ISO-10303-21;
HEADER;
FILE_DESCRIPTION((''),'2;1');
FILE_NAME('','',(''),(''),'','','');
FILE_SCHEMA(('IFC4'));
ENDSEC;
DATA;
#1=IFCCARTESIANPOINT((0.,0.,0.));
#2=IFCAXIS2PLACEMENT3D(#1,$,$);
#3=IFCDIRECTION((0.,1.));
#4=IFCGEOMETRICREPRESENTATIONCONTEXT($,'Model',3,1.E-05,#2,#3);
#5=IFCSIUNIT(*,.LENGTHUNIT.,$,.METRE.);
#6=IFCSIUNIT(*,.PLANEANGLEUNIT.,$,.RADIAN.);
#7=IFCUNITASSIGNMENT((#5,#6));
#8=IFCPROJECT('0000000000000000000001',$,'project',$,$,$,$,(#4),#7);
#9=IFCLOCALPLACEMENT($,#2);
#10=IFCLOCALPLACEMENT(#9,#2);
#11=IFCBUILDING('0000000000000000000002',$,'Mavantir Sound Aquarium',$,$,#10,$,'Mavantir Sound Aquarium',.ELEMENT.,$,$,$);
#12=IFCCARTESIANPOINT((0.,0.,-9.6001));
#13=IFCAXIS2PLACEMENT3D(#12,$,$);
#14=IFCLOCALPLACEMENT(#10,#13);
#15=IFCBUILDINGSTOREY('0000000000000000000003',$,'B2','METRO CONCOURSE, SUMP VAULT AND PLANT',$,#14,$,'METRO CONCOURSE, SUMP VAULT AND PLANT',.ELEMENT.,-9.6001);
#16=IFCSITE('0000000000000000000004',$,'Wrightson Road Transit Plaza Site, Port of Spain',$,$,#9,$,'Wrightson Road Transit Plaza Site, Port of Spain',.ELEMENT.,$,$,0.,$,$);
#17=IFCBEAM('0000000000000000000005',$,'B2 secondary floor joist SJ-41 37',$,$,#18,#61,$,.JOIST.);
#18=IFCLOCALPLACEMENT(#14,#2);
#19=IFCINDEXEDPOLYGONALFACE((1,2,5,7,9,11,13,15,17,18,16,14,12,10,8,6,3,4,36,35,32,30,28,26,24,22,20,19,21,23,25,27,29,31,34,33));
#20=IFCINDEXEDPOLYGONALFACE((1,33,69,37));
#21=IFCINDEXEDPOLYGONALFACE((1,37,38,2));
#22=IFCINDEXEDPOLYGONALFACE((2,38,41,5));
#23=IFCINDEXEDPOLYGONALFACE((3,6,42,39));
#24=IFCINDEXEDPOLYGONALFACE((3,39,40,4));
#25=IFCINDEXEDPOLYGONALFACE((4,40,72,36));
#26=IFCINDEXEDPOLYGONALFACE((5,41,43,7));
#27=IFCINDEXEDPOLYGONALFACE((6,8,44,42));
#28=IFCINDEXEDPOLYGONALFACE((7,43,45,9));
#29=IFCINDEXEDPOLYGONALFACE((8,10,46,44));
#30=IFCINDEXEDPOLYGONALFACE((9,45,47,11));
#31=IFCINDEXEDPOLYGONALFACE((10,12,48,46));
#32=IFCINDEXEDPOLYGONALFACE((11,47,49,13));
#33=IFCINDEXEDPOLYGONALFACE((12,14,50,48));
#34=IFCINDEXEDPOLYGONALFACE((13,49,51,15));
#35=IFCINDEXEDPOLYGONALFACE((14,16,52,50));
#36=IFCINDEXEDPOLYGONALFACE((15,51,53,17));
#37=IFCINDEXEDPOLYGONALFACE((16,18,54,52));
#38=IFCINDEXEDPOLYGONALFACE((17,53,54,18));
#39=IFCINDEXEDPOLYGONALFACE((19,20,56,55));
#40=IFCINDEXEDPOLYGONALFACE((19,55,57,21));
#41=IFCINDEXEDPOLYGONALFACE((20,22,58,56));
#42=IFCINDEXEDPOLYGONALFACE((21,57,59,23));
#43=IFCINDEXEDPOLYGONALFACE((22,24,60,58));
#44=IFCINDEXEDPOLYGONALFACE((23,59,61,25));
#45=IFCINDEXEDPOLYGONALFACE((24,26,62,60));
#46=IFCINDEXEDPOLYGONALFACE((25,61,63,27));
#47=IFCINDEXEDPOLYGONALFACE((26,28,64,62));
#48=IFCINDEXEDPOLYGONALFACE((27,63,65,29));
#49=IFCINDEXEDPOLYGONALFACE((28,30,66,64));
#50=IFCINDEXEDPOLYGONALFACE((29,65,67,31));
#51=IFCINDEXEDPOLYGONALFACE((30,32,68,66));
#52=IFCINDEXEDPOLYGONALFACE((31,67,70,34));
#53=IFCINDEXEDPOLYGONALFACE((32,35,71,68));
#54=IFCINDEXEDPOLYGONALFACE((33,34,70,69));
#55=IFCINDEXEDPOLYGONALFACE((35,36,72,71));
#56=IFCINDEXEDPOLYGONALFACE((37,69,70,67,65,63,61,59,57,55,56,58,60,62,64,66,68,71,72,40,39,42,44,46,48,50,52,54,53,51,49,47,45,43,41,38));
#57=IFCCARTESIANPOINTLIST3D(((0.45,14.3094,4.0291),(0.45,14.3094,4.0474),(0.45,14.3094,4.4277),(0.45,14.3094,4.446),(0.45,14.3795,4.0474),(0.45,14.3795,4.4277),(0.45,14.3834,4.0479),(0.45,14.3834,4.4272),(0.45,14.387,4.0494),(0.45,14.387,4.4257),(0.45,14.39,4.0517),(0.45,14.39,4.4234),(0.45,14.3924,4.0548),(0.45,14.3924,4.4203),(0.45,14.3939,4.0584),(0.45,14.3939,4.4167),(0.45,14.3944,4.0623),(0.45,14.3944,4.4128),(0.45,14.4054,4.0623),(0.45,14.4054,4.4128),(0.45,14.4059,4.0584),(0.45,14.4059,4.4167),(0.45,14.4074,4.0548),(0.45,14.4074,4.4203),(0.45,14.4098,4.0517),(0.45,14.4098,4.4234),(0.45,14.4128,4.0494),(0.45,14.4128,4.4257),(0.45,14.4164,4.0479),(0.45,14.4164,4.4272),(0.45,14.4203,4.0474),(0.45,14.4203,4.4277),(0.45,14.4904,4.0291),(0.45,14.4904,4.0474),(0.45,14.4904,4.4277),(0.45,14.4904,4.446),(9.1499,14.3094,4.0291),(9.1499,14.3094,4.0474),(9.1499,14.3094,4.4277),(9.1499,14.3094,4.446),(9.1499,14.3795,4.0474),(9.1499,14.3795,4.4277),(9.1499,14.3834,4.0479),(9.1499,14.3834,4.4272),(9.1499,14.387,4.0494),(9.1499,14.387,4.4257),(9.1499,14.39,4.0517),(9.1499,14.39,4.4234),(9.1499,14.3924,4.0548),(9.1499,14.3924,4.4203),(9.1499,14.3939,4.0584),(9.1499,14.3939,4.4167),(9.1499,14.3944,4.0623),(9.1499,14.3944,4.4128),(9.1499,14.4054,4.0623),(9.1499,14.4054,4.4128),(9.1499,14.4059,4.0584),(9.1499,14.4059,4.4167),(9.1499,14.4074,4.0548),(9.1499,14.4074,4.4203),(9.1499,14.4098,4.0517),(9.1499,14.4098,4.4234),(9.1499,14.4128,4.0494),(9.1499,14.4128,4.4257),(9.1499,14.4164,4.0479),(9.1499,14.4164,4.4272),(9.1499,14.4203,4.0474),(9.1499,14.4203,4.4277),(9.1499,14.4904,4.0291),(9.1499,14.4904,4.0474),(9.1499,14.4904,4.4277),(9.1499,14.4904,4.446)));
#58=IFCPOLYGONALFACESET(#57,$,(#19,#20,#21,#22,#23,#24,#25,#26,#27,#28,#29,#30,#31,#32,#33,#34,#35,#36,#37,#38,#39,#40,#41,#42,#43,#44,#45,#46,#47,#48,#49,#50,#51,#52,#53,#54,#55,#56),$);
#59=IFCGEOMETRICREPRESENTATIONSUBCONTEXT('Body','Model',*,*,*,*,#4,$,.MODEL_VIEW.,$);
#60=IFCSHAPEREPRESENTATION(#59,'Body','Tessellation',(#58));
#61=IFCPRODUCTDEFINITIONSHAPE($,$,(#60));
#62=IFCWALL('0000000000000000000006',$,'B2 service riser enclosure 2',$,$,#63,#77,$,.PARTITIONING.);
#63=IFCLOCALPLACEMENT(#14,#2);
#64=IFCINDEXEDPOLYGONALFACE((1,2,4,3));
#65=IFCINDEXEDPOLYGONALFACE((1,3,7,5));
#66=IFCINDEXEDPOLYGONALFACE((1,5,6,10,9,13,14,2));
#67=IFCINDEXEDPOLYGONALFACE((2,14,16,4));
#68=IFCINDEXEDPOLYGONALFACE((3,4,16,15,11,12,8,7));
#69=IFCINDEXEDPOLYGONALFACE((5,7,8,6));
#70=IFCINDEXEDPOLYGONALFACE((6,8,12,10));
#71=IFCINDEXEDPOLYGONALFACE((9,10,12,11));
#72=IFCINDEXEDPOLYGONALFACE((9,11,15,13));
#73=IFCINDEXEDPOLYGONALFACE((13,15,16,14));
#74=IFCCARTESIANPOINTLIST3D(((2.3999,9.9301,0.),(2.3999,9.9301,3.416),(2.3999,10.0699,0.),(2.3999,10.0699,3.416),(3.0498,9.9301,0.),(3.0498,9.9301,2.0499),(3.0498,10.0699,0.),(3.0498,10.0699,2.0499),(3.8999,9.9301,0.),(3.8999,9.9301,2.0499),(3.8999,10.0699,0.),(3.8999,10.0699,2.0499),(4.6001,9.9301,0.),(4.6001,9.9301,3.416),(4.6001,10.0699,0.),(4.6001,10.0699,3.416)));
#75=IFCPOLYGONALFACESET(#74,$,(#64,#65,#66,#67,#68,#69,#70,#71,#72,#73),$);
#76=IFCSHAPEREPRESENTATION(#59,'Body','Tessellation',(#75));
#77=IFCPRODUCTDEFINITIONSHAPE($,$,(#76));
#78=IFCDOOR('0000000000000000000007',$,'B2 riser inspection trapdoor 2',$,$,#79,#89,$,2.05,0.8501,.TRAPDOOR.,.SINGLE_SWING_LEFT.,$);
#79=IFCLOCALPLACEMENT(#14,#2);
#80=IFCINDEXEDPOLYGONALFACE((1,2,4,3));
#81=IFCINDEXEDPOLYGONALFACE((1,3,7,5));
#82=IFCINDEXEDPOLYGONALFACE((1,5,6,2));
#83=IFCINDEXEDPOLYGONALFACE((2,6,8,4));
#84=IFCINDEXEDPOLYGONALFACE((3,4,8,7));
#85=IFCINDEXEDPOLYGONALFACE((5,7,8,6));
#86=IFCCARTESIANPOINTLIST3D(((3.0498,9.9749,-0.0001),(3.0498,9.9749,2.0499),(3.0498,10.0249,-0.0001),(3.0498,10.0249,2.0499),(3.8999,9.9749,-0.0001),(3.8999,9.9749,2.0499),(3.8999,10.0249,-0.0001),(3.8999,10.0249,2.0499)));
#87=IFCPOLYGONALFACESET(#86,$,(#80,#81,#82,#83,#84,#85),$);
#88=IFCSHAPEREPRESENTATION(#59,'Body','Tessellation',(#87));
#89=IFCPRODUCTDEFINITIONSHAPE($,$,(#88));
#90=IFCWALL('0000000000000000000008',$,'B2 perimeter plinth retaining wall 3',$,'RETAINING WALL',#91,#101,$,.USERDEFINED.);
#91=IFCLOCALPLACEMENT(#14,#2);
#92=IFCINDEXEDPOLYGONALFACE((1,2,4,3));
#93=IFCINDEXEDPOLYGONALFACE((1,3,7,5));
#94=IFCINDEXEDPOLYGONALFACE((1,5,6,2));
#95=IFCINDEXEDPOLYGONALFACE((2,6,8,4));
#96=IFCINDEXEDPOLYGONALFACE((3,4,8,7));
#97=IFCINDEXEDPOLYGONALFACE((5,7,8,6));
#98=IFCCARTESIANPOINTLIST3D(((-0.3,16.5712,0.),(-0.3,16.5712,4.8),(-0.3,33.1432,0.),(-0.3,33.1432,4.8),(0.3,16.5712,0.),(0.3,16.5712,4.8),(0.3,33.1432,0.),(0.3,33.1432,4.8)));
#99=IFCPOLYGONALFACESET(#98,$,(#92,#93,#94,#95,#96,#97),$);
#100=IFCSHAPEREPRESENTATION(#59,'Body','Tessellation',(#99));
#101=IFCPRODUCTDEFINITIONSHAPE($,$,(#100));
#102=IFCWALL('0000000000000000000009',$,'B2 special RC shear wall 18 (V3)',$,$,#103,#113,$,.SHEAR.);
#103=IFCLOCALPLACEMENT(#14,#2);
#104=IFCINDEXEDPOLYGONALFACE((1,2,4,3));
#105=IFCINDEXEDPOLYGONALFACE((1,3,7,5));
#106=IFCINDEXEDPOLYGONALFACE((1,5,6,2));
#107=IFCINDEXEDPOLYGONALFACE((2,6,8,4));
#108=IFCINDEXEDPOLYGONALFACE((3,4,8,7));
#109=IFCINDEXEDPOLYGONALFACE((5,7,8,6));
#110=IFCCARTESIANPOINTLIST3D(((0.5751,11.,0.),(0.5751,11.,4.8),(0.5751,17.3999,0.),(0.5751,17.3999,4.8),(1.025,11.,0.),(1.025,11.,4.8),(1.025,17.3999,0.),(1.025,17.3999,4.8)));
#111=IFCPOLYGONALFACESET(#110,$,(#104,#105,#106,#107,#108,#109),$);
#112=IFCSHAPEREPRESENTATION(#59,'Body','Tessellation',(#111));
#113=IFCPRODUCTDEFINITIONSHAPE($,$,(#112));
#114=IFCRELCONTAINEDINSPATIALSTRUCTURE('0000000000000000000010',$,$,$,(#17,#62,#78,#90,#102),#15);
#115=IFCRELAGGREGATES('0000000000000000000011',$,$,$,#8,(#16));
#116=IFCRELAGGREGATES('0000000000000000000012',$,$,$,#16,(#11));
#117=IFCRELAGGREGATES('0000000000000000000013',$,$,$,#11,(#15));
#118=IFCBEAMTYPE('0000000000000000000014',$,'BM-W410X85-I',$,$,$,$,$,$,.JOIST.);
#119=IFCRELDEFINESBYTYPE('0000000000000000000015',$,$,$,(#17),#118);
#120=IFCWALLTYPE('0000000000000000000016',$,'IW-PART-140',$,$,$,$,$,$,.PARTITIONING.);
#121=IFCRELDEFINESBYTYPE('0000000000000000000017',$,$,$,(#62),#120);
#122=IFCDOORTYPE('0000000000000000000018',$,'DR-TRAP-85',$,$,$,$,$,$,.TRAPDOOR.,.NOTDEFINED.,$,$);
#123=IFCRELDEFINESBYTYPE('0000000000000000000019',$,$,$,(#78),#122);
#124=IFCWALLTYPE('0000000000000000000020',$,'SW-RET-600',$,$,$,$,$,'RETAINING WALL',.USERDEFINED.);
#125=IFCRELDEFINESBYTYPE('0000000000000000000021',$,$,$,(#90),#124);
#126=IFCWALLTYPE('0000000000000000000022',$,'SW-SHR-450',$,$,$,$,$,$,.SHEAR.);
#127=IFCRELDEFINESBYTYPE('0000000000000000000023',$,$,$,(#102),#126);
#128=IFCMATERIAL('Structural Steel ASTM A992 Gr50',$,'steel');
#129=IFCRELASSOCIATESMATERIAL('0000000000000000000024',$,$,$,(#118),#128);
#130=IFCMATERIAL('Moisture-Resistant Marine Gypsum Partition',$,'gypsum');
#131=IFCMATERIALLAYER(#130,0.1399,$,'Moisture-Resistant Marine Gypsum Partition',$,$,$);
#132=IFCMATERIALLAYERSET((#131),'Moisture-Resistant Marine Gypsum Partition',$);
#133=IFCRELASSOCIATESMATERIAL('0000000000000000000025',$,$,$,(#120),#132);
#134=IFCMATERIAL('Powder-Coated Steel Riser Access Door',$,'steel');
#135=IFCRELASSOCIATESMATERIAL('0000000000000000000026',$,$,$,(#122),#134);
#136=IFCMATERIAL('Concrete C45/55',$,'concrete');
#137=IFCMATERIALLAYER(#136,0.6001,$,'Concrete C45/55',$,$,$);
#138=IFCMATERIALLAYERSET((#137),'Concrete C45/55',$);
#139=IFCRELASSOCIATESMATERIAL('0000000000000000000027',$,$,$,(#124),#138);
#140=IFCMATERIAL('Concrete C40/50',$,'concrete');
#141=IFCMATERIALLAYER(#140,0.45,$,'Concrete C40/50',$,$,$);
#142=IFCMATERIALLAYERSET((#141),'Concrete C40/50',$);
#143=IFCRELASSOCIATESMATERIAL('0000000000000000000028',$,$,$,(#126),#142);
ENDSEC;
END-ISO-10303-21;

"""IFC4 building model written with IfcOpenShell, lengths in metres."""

from ifc_helpers import new_model, si_unit, direction, frame, frame_2d, origin, origin_2d, place, context, subcontext, project, spatial, rectangle, i_section, extrude, material, layer, layer_set, material_profile, profile_set, type_object, element, fill, save


model = new_model("IFC4")

# Units and contexts
model_context = context("Model", 3, precision=1e-05, world=origin(), true_north=direction((0.0, 1.0)))
body_context = subcontext(model_context, "Body", "Model", "MODEL_VIEW")
ifc_project = project(units=[si_unit("LENGTHUNIT", "METRE"), si_unit("PLANEANGLEUNIT", "RADIAN")], contexts=[model_context])

# Site, building, storey
site_placement = place(None, origin())
site = spatial("IfcSite", under=ifc_project, at=site_placement, Name="Wrightson Road Transit Plaza Site, Port of Spain", LongName="Wrightson Road Transit Plaza Site, Port of Spain", CompositionType="ELEMENT", RefElevation=0.0)
building_placement = place(site_placement, origin())
building = spatial("IfcBuilding", under=site, at=building_placement, Name="Mavantir Sound Aquarium", LongName="Mavantir Sound Aquarium", CompositionType="ELEMENT")
storey_placement = place(building_placement, frame((0.0, 0.0, -9.6001)))
storey = spatial("IfcBuildingStorey", under=building, at=storey_placement, Name="B2", Description="METRO CONCOURSE, SUMP VAULT AND PLANT", LongName="METRO CONCOURSE, SUMP VAULT AND PLANT", CompositionType="ELEMENT", Elevation=-9.6001)

# Shared definitions
ifc_material_1 = material(Name="Concrete C40/50", Category="concrete")

# Beam
ifc_material_2 = material(Name="Structural Steel ASTM A992 Gr50", Category="steel")
ifc_material_profile_1 = material_profile(ifc_material_2, i_section(OverallWidth=0.1809, OverallDepth=0.417, WebThickness=0.011, FlangeThickness=0.0183, FilletRadius=0.0149, at=origin_2d()), Name="W410X85")
ifc_profile_set_1 = profile_set([ifc_material_profile_1], Name="Structural Steel ASTM A992 Gr50")
beam_type_1 = type_object("IfcBeamType", Name="BM-W410X85-I", PredefinedType="JOIST", material=ifc_profile_set_1)
beam_1_placement = place(storey_placement, frame((0.45, 14.3999, 4.2375), z_axis=(1.0, 0.0, 0.0), x_axis=(0.0, 1.0, 0.0)))
element("IfcBeam", 1, at=beam_1_placement, inside=storey, type_object=beam_type_1, Name="B2 secondary floor joist SJ-41 37", PredefinedType="JOIST", context=body_context, shape_type="SweptSolid", body=[
    extrude(i_section(OverallWidth=0.1809, OverallDepth=0.417, WebThickness=0.011, FlangeThickness=0.0183, FilletRadius=0.0149, at=origin_2d()), origin(), (0.0, 0.0, 1.0), 8.7),
])

# Wall, opening, door
ifc_material_3 = material(Name="Moisture-Resistant Marine Gypsum Partition", Category="gypsum")
ifc_layer_1 = layer(ifc_material_3, 0.1399, Name="Moisture-Resistant Marine Gypsum Partition")
ifc_layer_set_1 = layer_set([ifc_layer_1], Name="Moisture-Resistant Marine Gypsum Partition")
wall_type_1 = type_object("IfcWallType", Name="IW-PART-140", PredefinedType="PARTITIONING", material=ifc_layer_set_1)
wall_1_placement = place(storey_placement, frame((2.3999, 10.0, 0.0), z_axis=(0.0, 0.0, 1.0), x_axis=(1.0, 0.0, 0.0)))
wall_1 = element("IfcWall", 2, at=wall_1_placement, inside=storey, type_object=wall_type_1, Name="B2 service riser enclosure 2", PredefinedType="PARTITIONING", context=body_context, shape_type="SweptSolid", body=[
    extrude(rectangle(XDim=2.2002, YDim=0.1399, at=frame_2d((1.1001, 0.0))), origin(), (0.0, 0.0, 1.0), 3.416),
])
opening_placement = place(wall_1_placement, frame((0.6499, 0.0, 0.0)))
opening = element("IfcOpeningElement", 3, at=opening_placement, cuts=wall_1, PredefinedType="OPENING", context=body_context, shape_type="SweptSolid", body=[
    extrude(rectangle(XDim=0.8501, YDim=2.05, at=frame_2d((0.425, 1.0249))), frame((0.0, 0.0801, 0.0), z_axis=(0.0, -1.0, 0.0), x_axis=(1.0, 0.0, 0.0)), (0.0, 0.0, 1.0), 0.1599),
])
ifc_material_4 = material(Name="Powder-Coated Steel Riser Access Door", Category="steel")
door_type = type_object("IfcDoorType", Name="DR-TRAP-85", OperationType="NOTDEFINED", PredefinedType="TRAPDOOR", material=ifc_material_4)
door_placement = place(opening_placement, origin())
door = element("IfcDoor", 4, at=door_placement, inside=storey, type_object=door_type, Name="B2 riser inspection trapdoor 2", OperationType="SINGLE_SWING_LEFT", OverallHeight=2.05, OverallWidth=0.8501, PredefinedType="TRAPDOOR", context=body_context, shape_type="SweptSolid", body=[
    extrude(rectangle(XDim=0.8501, YDim=2.05, at=frame_2d((0.425, 1.0249))), frame((0.0, 0.0249, 0.0), z_axis=(0.0, -1.0, 0.0), x_axis=(1.0, 0.0, 0.0)), (0.0, 0.0, 1.0), 0.05),
])
fill(opening, door)

# Walls
ifc_material_5 = material(Name="Concrete C45/55", Category="concrete")
ifc_layer_2 = layer(ifc_material_5, 0.6001, Name="Concrete C45/55")
ifc_layer_set_2 = layer_set([ifc_layer_2], Name="Concrete C45/55")
wall_type_2 = type_object("IfcWallType", Name="SW-RET-600", ElementType="RETAINING WALL", PredefinedType="USERDEFINED", material=ifc_layer_set_2)
wall_2_placement = place(storey_placement, frame((0.0, 16.571, 0.0), z_axis=(0.0, 0.0, 1.0), x_axis=(0.0, 1.0, 0.0)))
element("IfcWall", 5, at=wall_2_placement, inside=storey, type_object=wall_type_2, Name="B2 perimeter plinth retaining wall 3", ObjectType="RETAINING WALL", PredefinedType="USERDEFINED", context=body_context, shape_type="SweptSolid", body=[
    extrude(rectangle(XDim=16.572, YDim=0.6001, at=frame_2d((8.2861, 0.0))), origin(), (0.0, 0.0, 1.0), 4.8),
])
ifc_layer_3 = layer(ifc_material_1, 0.45, Name="Concrete C40/50")
ifc_layer_set_3 = layer_set([ifc_layer_3], Name="Concrete C40/50")
wall_type_3 = type_object("IfcWallType", Name="SW-SHR-450", PredefinedType="SHEAR", material=ifc_layer_set_3)
wall_3_placement = place(storey_placement, frame((0.8, 11.0, 0.0), z_axis=(0.0, 0.0, 1.0), x_axis=(0.0, 1.0, 0.0)))
element("IfcWall", 6, at=wall_3_placement, inside=storey, type_object=wall_type_3, Name="B2 special RC shear wall 18 (V3)", PredefinedType="SHEAR", context=body_context, shape_type="SweptSolid", body=[
    extrude(rectangle(XDim=6.3999, YDim=0.45, at=frame_2d((3.2, 0.0))), origin(), (0.0, 0.0, 1.0), 4.8),
])

save(model, "model.ifc")
